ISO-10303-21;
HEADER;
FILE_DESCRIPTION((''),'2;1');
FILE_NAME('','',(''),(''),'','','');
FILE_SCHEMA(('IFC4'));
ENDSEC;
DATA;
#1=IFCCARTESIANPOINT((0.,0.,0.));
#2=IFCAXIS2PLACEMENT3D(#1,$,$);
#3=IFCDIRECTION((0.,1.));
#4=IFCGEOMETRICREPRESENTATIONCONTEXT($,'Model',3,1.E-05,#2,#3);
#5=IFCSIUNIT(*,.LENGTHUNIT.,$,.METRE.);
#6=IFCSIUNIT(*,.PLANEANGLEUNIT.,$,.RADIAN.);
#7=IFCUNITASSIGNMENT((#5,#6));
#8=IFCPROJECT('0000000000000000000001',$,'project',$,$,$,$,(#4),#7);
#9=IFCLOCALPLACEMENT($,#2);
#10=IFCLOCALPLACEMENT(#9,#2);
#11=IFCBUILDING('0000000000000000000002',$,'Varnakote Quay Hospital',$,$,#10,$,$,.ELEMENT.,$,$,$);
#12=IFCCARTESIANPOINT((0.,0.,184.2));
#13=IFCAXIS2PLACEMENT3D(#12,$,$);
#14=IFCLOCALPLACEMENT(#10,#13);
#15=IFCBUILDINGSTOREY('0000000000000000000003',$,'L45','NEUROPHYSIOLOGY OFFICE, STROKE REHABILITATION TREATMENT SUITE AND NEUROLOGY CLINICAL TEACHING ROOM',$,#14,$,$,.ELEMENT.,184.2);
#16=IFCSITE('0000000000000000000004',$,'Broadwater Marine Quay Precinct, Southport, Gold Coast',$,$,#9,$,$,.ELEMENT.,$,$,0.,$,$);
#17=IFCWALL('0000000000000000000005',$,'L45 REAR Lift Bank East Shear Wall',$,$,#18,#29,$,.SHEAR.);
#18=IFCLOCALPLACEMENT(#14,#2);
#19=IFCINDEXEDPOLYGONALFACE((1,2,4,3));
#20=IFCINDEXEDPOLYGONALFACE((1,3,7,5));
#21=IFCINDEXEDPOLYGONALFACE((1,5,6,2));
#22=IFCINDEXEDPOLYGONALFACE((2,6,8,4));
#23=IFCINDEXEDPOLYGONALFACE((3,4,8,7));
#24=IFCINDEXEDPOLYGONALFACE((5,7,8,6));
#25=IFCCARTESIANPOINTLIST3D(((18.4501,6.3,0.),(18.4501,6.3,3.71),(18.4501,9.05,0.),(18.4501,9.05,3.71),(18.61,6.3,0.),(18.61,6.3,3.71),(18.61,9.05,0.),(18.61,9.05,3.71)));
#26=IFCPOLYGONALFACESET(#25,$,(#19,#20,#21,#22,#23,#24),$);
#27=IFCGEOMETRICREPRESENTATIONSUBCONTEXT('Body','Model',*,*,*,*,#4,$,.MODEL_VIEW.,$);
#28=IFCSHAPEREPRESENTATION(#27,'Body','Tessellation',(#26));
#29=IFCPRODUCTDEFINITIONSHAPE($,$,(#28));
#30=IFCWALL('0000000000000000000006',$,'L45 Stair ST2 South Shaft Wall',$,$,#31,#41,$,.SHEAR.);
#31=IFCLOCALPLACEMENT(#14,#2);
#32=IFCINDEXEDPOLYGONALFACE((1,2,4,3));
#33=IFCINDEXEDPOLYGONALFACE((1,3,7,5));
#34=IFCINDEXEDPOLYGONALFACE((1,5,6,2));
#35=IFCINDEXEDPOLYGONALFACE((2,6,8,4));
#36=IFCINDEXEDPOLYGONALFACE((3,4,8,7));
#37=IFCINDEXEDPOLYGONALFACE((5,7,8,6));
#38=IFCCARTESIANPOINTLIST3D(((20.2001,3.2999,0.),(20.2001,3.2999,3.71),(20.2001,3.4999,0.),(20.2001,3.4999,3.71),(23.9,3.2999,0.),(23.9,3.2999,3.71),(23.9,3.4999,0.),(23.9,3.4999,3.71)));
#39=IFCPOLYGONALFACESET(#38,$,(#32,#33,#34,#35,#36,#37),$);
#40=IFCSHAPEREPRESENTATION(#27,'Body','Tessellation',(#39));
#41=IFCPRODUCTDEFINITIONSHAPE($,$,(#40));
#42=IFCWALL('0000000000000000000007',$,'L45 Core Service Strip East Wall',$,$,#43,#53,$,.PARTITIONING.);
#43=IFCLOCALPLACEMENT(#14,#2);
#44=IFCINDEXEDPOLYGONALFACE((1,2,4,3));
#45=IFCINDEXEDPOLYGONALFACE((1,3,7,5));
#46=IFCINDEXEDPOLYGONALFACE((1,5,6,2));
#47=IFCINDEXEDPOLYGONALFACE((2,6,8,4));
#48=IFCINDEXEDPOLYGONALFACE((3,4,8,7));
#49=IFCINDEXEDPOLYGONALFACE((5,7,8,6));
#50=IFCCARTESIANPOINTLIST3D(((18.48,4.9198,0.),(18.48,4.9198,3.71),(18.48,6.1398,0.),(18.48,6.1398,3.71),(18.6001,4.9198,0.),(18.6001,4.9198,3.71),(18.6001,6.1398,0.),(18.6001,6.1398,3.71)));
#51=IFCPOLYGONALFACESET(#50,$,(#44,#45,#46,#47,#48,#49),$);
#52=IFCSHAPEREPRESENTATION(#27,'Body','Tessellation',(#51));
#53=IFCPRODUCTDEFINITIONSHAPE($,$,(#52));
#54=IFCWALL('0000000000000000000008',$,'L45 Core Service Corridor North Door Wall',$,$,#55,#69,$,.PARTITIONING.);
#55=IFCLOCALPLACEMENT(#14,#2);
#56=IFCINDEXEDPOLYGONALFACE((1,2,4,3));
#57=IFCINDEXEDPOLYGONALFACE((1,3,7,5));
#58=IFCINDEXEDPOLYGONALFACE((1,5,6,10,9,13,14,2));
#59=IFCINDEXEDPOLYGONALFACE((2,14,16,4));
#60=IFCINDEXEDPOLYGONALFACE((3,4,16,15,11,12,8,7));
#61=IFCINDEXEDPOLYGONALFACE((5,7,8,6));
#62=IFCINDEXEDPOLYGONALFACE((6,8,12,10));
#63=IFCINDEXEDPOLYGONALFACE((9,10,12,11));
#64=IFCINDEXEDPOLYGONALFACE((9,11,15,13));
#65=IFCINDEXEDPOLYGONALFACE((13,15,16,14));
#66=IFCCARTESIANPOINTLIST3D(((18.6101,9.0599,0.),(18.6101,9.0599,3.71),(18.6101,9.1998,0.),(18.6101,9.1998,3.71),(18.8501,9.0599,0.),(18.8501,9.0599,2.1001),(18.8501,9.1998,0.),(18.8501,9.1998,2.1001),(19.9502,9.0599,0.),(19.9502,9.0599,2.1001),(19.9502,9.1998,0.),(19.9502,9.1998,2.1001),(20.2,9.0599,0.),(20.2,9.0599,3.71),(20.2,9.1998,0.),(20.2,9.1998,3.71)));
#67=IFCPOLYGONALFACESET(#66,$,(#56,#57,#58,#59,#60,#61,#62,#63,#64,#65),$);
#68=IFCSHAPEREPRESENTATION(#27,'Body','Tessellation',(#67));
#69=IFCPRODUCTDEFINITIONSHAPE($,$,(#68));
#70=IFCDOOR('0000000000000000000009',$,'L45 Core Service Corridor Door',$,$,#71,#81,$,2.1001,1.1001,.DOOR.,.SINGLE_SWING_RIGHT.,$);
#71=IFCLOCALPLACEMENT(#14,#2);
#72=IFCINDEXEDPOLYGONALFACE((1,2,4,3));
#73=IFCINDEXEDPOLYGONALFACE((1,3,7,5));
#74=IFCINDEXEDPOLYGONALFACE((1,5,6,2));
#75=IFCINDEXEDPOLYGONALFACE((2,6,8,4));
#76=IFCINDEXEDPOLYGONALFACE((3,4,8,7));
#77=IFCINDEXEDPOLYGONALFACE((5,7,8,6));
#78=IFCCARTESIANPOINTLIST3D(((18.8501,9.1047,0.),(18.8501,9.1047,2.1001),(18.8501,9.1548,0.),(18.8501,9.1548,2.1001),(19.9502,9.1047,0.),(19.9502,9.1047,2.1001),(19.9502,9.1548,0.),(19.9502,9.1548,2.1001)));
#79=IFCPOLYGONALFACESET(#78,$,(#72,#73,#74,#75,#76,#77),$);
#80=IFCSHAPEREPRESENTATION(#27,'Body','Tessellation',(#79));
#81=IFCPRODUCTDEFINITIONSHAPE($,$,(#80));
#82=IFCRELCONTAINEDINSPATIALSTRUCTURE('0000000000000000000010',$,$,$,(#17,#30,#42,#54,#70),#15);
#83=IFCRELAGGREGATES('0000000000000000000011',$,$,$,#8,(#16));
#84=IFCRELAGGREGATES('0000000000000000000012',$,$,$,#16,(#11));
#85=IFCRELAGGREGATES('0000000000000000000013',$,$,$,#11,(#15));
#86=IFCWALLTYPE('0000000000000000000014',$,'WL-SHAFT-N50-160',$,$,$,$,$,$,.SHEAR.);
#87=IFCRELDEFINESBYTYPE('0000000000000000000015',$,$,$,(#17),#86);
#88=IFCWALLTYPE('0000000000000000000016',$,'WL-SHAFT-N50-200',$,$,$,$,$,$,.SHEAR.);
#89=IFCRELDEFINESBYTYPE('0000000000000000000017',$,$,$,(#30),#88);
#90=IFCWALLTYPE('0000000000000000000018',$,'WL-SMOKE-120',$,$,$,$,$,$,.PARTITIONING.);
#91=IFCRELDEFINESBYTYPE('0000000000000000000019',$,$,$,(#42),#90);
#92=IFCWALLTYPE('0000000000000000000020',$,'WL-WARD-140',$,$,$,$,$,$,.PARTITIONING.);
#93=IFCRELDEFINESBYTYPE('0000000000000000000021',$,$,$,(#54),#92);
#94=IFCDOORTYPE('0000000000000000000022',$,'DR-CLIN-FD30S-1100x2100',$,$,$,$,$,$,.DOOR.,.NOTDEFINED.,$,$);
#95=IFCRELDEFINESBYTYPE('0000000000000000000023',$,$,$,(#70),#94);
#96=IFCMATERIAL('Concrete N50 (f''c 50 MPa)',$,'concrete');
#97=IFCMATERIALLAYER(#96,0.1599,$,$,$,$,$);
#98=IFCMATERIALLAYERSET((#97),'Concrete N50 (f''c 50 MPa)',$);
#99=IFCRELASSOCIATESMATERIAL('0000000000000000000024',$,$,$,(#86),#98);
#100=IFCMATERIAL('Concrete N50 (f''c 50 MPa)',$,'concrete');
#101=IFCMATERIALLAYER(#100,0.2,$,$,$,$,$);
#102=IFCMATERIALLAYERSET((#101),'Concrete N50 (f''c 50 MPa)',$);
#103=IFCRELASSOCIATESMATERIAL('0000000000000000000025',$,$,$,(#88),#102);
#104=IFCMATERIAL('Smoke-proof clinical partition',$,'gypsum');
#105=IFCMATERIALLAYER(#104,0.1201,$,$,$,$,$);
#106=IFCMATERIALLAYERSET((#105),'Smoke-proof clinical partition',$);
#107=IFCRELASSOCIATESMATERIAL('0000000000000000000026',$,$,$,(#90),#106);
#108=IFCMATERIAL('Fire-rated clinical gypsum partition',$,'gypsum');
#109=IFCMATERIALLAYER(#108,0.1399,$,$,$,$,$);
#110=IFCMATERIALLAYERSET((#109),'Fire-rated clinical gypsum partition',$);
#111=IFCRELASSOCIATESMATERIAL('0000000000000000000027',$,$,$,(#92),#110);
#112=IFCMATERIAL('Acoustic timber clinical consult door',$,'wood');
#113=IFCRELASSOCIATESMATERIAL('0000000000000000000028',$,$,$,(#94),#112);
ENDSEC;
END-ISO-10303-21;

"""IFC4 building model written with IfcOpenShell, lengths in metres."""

from ifc_helpers import new_model, si_unit, direction, frame, frame_2d, origin, place, context, subcontext, project, spatial, rectangle, extrude, material, layer, layer_set, type_object, element, fill, save


model = new_model("IFC4")

# Units and contexts
model_context = context("Model", 3, precision=1e-05, world=origin(), true_north=direction((0.0, 1.0)))
body_context = subcontext(model_context, "Body", "Model", "MODEL_VIEW")
ifc_project = project(units=[si_unit("LENGTHUNIT", "METRE"), si_unit("PLANEANGLEUNIT", "RADIAN")], contexts=[model_context])

# Site, building, storey
site_placement = place(None, origin())
site = spatial("IfcSite", under=ifc_project, at=site_placement, Name="Broadwater Marine Quay Precinct, Southport, Gold Coast", CompositionType="ELEMENT", RefElevation=0.0)
building_placement = place(site_placement, origin())
building = spatial("IfcBuilding", under=site, at=building_placement, Name="Varnakote Quay Hospital", CompositionType="ELEMENT")
storey_placement = place(building_placement, frame((0.0, 0.0, 184.2)))
storey = spatial("IfcBuildingStorey", under=building, at=storey_placement, Name="L45", Description="NEUROPHYSIOLOGY OFFICE, STROKE REHABILITATION TREATMENT SUITE AND NEUROLOGY CLINICAL TEACHING ROOM", CompositionType="ELEMENT", Elevation=184.2)

# Wall
ifc_material_1 = material(Name="Concrete N50 (f'c 50 MPa)", Category="concrete")
ifc_layer_1 = layer(ifc_material_1, 0.1599)
ifc_layer_set_1 = layer_set([ifc_layer_1], Name="Concrete N50 (f'c 50 MPa)")
wall_type_1 = type_object("IfcWallType", Name="WL-SHAFT-N50-160", PredefinedType="SHEAR", material=ifc_layer_set_1)
wall_1_placement = place(storey_placement, frame((18.53, 6.3, 0.0), z_axis=(0.0, 0.0, 1.0), x_axis=(0.0, 1.0, 0.0)))
element("IfcWall", 1, at=wall_1_placement, inside=storey, type_object=wall_type_1, Name="L45 REAR Lift Bank East Shear Wall", PredefinedType="SHEAR", context=body_context, shape_type="SweptSolid", body=[
    extrude(rectangle(XDim=2.75, YDim=0.1599, at=frame_2d((1.375, 0.0))), origin(), (0.0, 0.0, 1.0), 3.71),
])

# Wall
ifc_material_2 = material(Name="Concrete N50 (f'c 50 MPa)", Category="concrete")
ifc_layer_2 = layer(ifc_material_2, 0.2)
ifc_layer_set_2 = layer_set([ifc_layer_2], Name="Concrete N50 (f'c 50 MPa)")
wall_type_2 = type_object("IfcWallType", Name="WL-SHAFT-N50-200", PredefinedType="SHEAR", material=ifc_layer_set_2)
wall_2_placement = place(storey_placement, frame((20.2, 3.3999, 0.0), z_axis=(0.0, 0.0, 1.0), x_axis=(1.0, 0.0, 0.0)))
element("IfcWall", 2, at=wall_2_placement, inside=storey, type_object=wall_type_2, Name="L45 Stair ST2 South Shaft Wall", PredefinedType="SHEAR", context=body_context, shape_type="SweptSolid", body=[
    extrude(rectangle(XDim=3.7, YDim=0.2, at=frame_2d((1.8501, 0.0))), origin(), (0.0, 0.0, 1.0), 3.71),
])

# Wall
ifc_material_3 = material(Name="Smoke-proof clinical partition", Category="gypsum")
ifc_layer_3 = layer(ifc_material_3, 0.1201)
ifc_layer_set_3 = layer_set([ifc_layer_3], Name="Smoke-proof clinical partition")
wall_type_3 = type_object("IfcWallType", Name="WL-SMOKE-120", PredefinedType="PARTITIONING", material=ifc_layer_set_3)
wall_3_placement = place(storey_placement, frame((18.54, 4.9199, 0.0), z_axis=(0.0, 0.0, 1.0), x_axis=(0.0, 1.0, 0.0)))
element("IfcWall", 3, at=wall_3_placement, inside=storey, type_object=wall_type_3, Name="L45 Core Service Strip East Wall", PredefinedType="PARTITIONING", context=body_context, shape_type="SweptSolid", body=[
    extrude(rectangle(XDim=1.22, YDim=0.1201, at=frame_2d((0.6099, 0.0))), origin(), (0.0, 0.0, 1.0), 3.71),
])

# Wall, opening, door
ifc_material_4 = material(Name="Fire-rated clinical gypsum partition", Category="gypsum")
ifc_layer_4 = layer(ifc_material_4, 0.1399)
ifc_layer_set_4 = layer_set([ifc_layer_4], Name="Fire-rated clinical gypsum partition")
wall_type_4 = type_object("IfcWallType", Name="WL-WARD-140", PredefinedType="PARTITIONING", material=ifc_layer_set_4)
wall_4_placement = place(storey_placement, frame((18.6101, 9.1299, 0.0), z_axis=(0.0, 0.0, 1.0), x_axis=(1.0, 0.0, 0.0)))
wall_4 = element("IfcWall", 4, at=wall_4_placement, inside=storey, type_object=wall_type_4, Name="L45 Core Service Corridor North Door Wall", PredefinedType="PARTITIONING", context=body_context, shape_type="SweptSolid", body=[
    extrude(rectangle(XDim=1.5898, YDim=0.1399, at=frame_2d((0.7949, 0.0))), origin(), (0.0, 0.0, 1.0), 3.71),
])
opening_1_placement = place(wall_4_placement, frame((0.24, 0.0, 0.0)))
opening_1 = element("IfcOpeningElement", 5, at=opening_1_placement, cuts=wall_4, PredefinedType="OPENING", context=body_context, shape_type="SweptSolid", body=[
    extrude(rectangle(XDim=1.1001, YDim=2.1001, at=frame_2d((0.55, 1.05))), frame((0.0, 0.0798, 0.0), z_axis=(0.0, -1.0, 0.0), x_axis=(1.0, 0.0, 0.0)), (0.0, 0.0, 1.0), 0.1599),
])
ifc_material_5 = material(Name="Acoustic timber clinical consult door", Category="wood")
door_type_1 = type_object("IfcDoorType", Name="DR-CLIN-FD30S-1100x2100", OperationType="NOTDEFINED", PredefinedType="DOOR", material=ifc_material_5)
door_1_placement = place(opening_1_placement, origin())
door_1 = element("IfcDoor", 6, at=door_1_placement, inside=storey, type_object=door_type_1, Name="L45 Core Service Corridor Door", OperationType="SINGLE_SWING_RIGHT", OverallHeight=2.1001, OverallWidth=1.1001, PredefinedType="DOOR", context=body_context, shape_type="SweptSolid", body=[
    extrude(rectangle(XDim=1.1001, YDim=2.1001, at=frame_2d((0.55, 1.05))), frame((0.0, 0.0249, 0.0), z_axis=(0.0, -1.0, 0.0), x_axis=(1.0, 0.0, 0.0)), (0.0, 0.0, 1.0), 0.05),
])
fill(opening_1, door_1)

save(model, "model.ifc")
